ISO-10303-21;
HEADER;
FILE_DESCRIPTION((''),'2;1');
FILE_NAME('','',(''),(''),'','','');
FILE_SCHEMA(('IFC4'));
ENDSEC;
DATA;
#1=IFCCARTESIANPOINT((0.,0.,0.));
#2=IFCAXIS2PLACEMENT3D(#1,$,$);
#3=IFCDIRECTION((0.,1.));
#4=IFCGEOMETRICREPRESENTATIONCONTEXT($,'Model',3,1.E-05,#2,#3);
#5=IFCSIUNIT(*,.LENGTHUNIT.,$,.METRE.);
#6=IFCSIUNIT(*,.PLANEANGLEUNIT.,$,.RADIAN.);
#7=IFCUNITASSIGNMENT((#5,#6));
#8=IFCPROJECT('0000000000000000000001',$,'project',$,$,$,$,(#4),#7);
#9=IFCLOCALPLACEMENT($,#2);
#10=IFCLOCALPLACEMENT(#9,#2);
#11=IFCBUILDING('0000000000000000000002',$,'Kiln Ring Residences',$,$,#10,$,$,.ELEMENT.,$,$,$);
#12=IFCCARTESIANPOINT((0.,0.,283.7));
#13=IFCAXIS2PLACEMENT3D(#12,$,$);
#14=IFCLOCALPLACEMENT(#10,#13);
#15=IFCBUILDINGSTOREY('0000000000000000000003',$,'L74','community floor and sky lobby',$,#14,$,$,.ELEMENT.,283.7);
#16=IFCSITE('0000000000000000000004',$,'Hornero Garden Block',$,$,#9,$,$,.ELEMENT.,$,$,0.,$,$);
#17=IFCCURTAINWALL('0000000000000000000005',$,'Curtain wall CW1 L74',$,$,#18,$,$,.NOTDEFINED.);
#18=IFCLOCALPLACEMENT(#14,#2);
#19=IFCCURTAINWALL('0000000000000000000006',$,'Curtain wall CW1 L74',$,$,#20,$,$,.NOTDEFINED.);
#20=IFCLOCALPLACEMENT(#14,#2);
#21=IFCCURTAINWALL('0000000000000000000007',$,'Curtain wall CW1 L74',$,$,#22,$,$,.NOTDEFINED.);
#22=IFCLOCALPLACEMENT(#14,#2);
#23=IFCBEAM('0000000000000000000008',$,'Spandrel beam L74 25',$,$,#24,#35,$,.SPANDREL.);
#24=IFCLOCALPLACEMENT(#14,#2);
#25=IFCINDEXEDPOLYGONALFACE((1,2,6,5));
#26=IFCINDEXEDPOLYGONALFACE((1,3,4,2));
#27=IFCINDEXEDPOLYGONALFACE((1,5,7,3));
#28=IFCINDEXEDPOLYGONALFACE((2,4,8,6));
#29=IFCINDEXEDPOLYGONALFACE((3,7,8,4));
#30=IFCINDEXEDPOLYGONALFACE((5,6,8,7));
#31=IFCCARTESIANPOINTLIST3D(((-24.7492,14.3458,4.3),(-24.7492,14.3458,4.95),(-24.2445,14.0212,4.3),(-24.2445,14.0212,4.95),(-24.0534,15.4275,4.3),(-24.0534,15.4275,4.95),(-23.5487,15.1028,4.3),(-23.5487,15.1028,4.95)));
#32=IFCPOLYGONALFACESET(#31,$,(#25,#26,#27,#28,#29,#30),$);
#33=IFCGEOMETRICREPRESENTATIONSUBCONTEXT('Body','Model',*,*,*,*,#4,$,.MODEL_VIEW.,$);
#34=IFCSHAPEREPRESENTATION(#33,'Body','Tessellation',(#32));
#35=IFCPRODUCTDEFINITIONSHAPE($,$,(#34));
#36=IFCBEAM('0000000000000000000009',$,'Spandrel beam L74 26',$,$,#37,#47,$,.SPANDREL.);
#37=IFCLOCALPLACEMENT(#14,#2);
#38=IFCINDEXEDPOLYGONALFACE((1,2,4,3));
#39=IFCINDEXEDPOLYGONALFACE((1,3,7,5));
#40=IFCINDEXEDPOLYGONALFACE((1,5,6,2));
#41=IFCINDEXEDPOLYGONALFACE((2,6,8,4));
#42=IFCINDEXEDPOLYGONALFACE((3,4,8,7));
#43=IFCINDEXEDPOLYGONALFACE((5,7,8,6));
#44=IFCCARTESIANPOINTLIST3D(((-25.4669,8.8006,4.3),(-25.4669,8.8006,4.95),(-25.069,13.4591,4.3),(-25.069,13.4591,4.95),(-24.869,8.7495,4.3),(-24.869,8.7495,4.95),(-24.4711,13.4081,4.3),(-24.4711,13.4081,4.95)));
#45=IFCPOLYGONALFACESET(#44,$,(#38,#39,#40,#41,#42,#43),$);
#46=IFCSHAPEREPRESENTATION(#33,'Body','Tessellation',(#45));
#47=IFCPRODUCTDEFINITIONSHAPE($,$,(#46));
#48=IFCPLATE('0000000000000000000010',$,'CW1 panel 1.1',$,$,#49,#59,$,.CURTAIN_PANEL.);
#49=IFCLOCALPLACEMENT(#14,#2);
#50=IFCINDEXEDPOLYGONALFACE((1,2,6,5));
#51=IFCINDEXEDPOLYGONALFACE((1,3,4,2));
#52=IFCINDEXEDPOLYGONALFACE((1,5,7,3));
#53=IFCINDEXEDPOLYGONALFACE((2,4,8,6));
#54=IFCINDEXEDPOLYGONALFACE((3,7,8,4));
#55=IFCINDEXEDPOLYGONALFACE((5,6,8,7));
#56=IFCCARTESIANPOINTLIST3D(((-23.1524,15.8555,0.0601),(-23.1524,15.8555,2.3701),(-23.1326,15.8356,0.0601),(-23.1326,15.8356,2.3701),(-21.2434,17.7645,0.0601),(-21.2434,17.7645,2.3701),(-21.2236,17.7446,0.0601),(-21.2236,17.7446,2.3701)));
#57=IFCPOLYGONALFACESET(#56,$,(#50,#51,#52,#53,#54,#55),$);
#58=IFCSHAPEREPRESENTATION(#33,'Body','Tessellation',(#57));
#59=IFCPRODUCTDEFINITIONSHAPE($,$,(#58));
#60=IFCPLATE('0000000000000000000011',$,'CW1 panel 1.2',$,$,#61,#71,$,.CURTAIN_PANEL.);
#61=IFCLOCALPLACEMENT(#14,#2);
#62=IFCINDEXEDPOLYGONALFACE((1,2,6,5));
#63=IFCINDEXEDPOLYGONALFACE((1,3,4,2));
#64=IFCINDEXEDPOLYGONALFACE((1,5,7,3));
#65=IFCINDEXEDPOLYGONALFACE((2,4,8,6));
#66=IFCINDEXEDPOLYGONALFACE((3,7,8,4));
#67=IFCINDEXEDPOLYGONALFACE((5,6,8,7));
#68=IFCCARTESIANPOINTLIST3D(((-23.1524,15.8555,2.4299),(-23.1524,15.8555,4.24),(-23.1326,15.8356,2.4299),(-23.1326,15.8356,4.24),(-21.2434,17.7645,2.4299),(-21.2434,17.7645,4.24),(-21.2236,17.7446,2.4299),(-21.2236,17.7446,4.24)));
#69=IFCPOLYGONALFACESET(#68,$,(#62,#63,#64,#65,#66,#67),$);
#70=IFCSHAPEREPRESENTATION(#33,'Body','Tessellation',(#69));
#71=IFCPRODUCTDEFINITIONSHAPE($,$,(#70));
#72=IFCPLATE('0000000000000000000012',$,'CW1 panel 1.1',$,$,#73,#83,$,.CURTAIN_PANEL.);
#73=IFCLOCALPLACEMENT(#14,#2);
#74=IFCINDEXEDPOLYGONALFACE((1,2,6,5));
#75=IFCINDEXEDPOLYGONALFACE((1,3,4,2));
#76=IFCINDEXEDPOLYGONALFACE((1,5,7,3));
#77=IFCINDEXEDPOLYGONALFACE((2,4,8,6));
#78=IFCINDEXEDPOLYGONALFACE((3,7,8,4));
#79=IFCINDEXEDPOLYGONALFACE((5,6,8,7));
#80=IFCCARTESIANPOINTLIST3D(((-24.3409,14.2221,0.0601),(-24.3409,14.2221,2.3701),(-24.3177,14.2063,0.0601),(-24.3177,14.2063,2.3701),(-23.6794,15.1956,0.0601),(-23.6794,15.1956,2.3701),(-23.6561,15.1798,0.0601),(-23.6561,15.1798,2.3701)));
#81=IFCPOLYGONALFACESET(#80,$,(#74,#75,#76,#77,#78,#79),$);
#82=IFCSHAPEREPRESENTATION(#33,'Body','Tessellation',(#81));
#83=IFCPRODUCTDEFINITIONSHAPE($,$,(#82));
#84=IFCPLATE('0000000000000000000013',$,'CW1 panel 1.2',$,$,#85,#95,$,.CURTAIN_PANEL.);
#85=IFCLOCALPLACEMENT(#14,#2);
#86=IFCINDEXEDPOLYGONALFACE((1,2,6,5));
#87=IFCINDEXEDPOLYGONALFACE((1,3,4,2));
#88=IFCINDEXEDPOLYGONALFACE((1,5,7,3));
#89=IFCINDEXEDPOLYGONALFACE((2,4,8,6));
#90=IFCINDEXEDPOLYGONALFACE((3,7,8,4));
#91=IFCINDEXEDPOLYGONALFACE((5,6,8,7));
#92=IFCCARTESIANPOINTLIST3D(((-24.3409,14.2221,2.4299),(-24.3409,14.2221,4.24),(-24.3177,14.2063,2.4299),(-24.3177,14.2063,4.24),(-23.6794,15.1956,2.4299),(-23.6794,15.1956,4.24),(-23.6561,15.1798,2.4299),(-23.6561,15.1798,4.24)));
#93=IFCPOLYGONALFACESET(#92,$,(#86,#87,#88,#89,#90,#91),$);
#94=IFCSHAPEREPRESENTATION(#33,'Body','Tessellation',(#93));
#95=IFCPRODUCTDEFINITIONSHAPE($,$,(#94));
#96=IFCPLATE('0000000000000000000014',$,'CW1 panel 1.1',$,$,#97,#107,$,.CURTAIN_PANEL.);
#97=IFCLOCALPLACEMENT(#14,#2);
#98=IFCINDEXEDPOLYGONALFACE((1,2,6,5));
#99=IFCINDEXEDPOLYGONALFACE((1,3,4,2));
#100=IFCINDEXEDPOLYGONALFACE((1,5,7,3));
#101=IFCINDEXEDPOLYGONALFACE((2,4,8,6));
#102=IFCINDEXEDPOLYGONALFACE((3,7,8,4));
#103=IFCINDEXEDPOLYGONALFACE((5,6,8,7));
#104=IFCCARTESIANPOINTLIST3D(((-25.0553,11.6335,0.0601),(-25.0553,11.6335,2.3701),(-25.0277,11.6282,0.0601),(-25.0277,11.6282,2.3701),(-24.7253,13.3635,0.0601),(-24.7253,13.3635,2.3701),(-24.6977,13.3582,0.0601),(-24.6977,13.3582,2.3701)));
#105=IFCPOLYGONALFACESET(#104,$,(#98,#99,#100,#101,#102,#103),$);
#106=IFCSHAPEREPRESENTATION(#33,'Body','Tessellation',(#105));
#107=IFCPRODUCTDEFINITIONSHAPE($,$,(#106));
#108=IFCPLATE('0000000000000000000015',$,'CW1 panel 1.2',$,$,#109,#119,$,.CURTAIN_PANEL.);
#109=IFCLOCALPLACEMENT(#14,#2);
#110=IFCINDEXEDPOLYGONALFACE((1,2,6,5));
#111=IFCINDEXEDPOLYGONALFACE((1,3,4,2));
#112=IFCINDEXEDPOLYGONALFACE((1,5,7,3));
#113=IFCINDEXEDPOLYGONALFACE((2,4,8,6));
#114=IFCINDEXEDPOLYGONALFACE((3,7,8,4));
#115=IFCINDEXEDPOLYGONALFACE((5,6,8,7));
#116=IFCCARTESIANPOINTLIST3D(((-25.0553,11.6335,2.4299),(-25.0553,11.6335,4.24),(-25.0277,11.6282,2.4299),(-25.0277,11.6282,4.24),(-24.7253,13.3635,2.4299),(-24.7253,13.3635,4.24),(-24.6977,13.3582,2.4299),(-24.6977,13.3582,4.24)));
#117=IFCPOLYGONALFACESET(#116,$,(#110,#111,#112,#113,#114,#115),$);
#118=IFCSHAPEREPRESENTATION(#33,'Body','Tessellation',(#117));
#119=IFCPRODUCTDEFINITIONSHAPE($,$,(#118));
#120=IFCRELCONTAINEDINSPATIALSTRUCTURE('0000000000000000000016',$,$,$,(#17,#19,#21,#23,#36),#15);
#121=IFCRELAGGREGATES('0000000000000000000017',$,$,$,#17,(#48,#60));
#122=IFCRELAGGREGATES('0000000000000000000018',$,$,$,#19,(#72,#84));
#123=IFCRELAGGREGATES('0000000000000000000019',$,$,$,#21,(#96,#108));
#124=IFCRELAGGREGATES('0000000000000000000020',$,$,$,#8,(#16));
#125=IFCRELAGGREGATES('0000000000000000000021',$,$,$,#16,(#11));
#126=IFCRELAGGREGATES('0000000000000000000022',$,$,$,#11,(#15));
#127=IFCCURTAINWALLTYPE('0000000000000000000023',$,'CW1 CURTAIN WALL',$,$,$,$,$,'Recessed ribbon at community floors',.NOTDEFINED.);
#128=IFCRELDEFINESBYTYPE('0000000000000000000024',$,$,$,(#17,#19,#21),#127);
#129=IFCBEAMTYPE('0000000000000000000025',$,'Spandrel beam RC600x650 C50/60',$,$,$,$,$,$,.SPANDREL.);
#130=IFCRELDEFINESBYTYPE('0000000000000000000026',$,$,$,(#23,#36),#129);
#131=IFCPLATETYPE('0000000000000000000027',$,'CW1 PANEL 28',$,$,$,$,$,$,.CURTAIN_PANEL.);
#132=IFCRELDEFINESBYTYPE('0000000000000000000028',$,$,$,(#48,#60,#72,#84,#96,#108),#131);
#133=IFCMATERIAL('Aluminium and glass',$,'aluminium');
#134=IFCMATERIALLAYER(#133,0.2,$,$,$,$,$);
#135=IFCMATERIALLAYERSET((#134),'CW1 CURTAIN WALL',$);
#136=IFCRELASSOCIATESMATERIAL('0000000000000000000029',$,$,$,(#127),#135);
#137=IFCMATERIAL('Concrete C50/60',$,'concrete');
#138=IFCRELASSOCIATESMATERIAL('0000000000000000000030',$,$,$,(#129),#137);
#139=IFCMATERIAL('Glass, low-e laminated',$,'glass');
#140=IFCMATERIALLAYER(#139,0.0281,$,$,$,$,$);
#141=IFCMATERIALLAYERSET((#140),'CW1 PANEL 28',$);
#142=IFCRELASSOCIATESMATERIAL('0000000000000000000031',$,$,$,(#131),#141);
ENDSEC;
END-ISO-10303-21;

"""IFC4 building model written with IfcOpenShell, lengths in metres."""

from ifc_helpers import new_model, si_unit, direction, frame, origin, origin_2d, place, context, subcontext, project, spatial, rectangle, extrude, material, layer, layer_set, material_profile, profile_set, type_object, element, aggregate, save


model = new_model("IFC4")

# Units and contexts
model_context = context("Model", 3, precision=1e-05, world=origin(), true_north=direction((0.0, 1.0)))
body_context = subcontext(model_context, "Body", "Model", "MODEL_VIEW")
ifc_project = project(units=[si_unit("LENGTHUNIT", "METRE"), si_unit("PLANEANGLEUNIT", "RADIAN")], contexts=[model_context])

# Site, building, storey
site_placement = place(None, origin())
site = spatial("IfcSite", under=ifc_project, at=site_placement, Name="Hornero Garden Block", CompositionType="ELEMENT", RefElevation=0.0)
building_placement = place(site_placement, origin())
building = spatial("IfcBuilding", under=site, at=building_placement, Name="Kiln Ring Residences", CompositionType="ELEMENT")
storey_placement = place(building_placement, frame((0.0, 0.0, 283.7)))
storey = spatial("IfcBuildingStorey", under=building, at=storey_placement, Name="L74", Description="community floor and sky lobby", CompositionType="ELEMENT", Elevation=283.7)

# Curtain wall
ifc_material_1 = material(Name="Aluminium and glass", Category="aluminium")
ifc_layer_1 = layer(ifc_material_1, 0.2)
ifc_layer_set_1 = layer_set([ifc_layer_1], Name="CW1 CURTAIN WALL")
curtain_wall_type = type_object("IfcCurtainWallType", Name="CW1 CURTAIN WALL", ElementType="Recessed ribbon at community floors", PredefinedType="NOTDEFINED", material=ifc_layer_set_1)
placement = place(storey_placement, origin())
curtain_wall_1 = element("IfcCurtainWall", 1, at=placement, inside=storey, type_object=curtain_wall_type, Name="Curtain wall CW1 L74", PredefinedType="NOTDEFINED")

# Curtain walls
curtain_wall_2 = element("IfcCurtainWall", 2, at=placement, inside=storey, type_object=curtain_wall_type, Name="Curtain wall CW1 L74", PredefinedType="NOTDEFINED")
curtain_wall_3 = element("IfcCurtainWall", 3, at=placement, inside=storey, type_object=curtain_wall_type, Name="Curtain wall CW1 L74", PredefinedType="NOTDEFINED")

# Beams
ifc_material_2 = material(Name="Concrete C50/60", Category="concrete")
ifc_material_profile_1 = material_profile(ifc_material_2, rectangle(XDim=0.6001, YDim=0.6499, at=origin_2d()), Name="RC600x650")
ifc_profile_set_1 = profile_set([ifc_material_profile_1], Name="Concrete C50/60")
beam_type = type_object("IfcBeamType", Name="Spandrel beam RC600x650 C50/60", PredefinedType="SPANDREL", material=ifc_profile_set_1)
beam_1_placement = place(storey_placement, frame((-23.801, 15.2651, 4.625), z_axis=(-0.541045, -0.840993, 0.0), x_axis=(0.840993, -0.541045, 0.0)))
element("IfcBeam", 4, at=beam_1_placement, inside=storey, type_object=beam_type, Name="Spandrel beam L74 25", PredefinedType="SPANDREL", context=body_context, shape_type="SweptSolid", body=[
    extrude(rectangle(XDim=0.6001, YDim=0.6499, at=origin_2d()), origin(), (0.0, 0.0, 1.0), 1.2861),
])
beam_2_placement = place(storey_placement, frame((-24.77, 13.4336, 4.625), z_axis=(-0.085111, -0.996371, 0.0), x_axis=(0.996371, -0.085111, 0.0)))
element("IfcBeam", 5, at=beam_2_placement, inside=storey, type_object=beam_type, Name="Spandrel beam L74 26", PredefinedType="SPANDREL", context=body_context, shape_type="SweptSolid", body=[
    extrude(rectangle(XDim=0.6001, YDim=0.6499, at=origin_2d()), origin(), (0.0, 0.0, 1.0), 4.6755),
])

# Plates
ifc_material_3 = material(Name="Glass, low-e laminated", Category="glass")
ifc_layer_2 = layer(ifc_material_3, 0.0281)
ifc_layer_set_2 = layer_set([ifc_layer_2], Name="CW1 PANEL 28")
plate_type = type_object("IfcPlateType", Name="CW1 PANEL 28", PredefinedType="CURTAIN_PANEL", material=ifc_layer_set_2)
plate_1_placement = place(storey_placement, frame((-22.188, 16.8, 0.0601), z_axis=(0.0, 0.0, 1.0), x_axis=(-0.707107, -0.707107, 0.0)))
plate_1 = element("IfcPlate", 6, at=plate_1_placement, type_object=plate_type, Name="CW1 panel 1.1", PredefinedType="CURTAIN_PANEL", context=body_context, shape_type="SweptSolid", body=[
    extrude(rectangle(XDim=2.6997, YDim=0.0281, at=origin_2d()), origin(), (0.0, 0.0, 1.0), 2.3101),
])
plate_2_placement = place(storey_placement, frame((-22.188, 16.8, 2.4299), z_axis=(0.0, 0.0, 1.0), x_axis=(-0.707107, -0.707107, 0.0)))
plate_2 = element("IfcPlate", 7, at=plate_2_placement, type_object=plate_type, Name="CW1 panel 1.2", PredefinedType="CURTAIN_PANEL", context=body_context, shape_type="SweptSolid", body=[
    extrude(rectangle(XDim=2.6997, YDim=0.0281, at=origin_2d()), origin(), (0.0, 0.0, 1.0), 1.8101),
])
aggregate(curtain_wall_1, [plate_1, plate_2])
plate_3_placement = place(storey_placement, frame((-23.9985, 14.7009, 0.0601), z_axis=(0.0, 0.0, 1.0), x_axis=(-0.562097, -0.827072, 0.0)))
plate_3 = element("IfcPlate", 8, at=plate_3_placement, type_object=plate_type, Name="CW1 panel 1.1", PredefinedType="CURTAIN_PANEL", context=body_context, shape_type="SweptSolid", body=[
    extrude(rectangle(XDim=1.177, YDim=0.0281, at=origin_2d()), origin(), (0.0, 0.0, 1.0), 2.3101),
])
plate_4_placement = place(storey_placement, frame((-23.9985, 14.7009, 2.4299), z_axis=(0.0, 0.0, 1.0), x_axis=(-0.562097, -0.827072, 0.0)))
plate_4 = element("IfcPlate", 9, at=plate_4_placement, type_object=plate_type, Name="CW1 panel 1.2", PredefinedType="CURTAIN_PANEL", context=body_context, shape_type="SweptSolid", body=[
    extrude(rectangle(XDim=1.177, YDim=0.0281, at=origin_2d()), origin(), (0.0, 0.0, 1.0), 1.8101),
])
aggregate(curtain_wall_2, [plate_3, plate_4])
plate_5_placement = place(storey_placement, frame((-24.8765, 12.4958, 0.0601), z_axis=(0.0, 0.0, 1.0), x_axis=(-0.187366, -0.98229, 0.0)))
plate_5 = element("IfcPlate", 10, at=plate_5_placement, type_object=plate_type, Name="CW1 panel 1.1", PredefinedType="CURTAIN_PANEL", context=body_context, shape_type="SweptSolid", body=[
    extrude(rectangle(XDim=1.7612, YDim=0.0281, at=origin_2d()), origin(), (0.0, 0.0, 1.0), 2.3101),
])
plate_6_placement = place(storey_placement, frame((-24.8765, 12.4958, 2.4299), z_axis=(0.0, 0.0, 1.0), x_axis=(-0.187366, -0.98229, 0.0)))
plate_6 = element("IfcPlate", 11, at=plate_6_placement, type_object=plate_type, Name="CW1 panel 1.2", PredefinedType="CURTAIN_PANEL", context=body_context, shape_type="SweptSolid", body=[
    extrude(rectangle(XDim=1.7612, YDim=0.0281, at=origin_2d()), origin(), (0.0, 0.0, 1.0), 1.8101),
])
aggregate(curtain_wall_3, [plate_5, plate_6])

save(model, "model.ifc")
